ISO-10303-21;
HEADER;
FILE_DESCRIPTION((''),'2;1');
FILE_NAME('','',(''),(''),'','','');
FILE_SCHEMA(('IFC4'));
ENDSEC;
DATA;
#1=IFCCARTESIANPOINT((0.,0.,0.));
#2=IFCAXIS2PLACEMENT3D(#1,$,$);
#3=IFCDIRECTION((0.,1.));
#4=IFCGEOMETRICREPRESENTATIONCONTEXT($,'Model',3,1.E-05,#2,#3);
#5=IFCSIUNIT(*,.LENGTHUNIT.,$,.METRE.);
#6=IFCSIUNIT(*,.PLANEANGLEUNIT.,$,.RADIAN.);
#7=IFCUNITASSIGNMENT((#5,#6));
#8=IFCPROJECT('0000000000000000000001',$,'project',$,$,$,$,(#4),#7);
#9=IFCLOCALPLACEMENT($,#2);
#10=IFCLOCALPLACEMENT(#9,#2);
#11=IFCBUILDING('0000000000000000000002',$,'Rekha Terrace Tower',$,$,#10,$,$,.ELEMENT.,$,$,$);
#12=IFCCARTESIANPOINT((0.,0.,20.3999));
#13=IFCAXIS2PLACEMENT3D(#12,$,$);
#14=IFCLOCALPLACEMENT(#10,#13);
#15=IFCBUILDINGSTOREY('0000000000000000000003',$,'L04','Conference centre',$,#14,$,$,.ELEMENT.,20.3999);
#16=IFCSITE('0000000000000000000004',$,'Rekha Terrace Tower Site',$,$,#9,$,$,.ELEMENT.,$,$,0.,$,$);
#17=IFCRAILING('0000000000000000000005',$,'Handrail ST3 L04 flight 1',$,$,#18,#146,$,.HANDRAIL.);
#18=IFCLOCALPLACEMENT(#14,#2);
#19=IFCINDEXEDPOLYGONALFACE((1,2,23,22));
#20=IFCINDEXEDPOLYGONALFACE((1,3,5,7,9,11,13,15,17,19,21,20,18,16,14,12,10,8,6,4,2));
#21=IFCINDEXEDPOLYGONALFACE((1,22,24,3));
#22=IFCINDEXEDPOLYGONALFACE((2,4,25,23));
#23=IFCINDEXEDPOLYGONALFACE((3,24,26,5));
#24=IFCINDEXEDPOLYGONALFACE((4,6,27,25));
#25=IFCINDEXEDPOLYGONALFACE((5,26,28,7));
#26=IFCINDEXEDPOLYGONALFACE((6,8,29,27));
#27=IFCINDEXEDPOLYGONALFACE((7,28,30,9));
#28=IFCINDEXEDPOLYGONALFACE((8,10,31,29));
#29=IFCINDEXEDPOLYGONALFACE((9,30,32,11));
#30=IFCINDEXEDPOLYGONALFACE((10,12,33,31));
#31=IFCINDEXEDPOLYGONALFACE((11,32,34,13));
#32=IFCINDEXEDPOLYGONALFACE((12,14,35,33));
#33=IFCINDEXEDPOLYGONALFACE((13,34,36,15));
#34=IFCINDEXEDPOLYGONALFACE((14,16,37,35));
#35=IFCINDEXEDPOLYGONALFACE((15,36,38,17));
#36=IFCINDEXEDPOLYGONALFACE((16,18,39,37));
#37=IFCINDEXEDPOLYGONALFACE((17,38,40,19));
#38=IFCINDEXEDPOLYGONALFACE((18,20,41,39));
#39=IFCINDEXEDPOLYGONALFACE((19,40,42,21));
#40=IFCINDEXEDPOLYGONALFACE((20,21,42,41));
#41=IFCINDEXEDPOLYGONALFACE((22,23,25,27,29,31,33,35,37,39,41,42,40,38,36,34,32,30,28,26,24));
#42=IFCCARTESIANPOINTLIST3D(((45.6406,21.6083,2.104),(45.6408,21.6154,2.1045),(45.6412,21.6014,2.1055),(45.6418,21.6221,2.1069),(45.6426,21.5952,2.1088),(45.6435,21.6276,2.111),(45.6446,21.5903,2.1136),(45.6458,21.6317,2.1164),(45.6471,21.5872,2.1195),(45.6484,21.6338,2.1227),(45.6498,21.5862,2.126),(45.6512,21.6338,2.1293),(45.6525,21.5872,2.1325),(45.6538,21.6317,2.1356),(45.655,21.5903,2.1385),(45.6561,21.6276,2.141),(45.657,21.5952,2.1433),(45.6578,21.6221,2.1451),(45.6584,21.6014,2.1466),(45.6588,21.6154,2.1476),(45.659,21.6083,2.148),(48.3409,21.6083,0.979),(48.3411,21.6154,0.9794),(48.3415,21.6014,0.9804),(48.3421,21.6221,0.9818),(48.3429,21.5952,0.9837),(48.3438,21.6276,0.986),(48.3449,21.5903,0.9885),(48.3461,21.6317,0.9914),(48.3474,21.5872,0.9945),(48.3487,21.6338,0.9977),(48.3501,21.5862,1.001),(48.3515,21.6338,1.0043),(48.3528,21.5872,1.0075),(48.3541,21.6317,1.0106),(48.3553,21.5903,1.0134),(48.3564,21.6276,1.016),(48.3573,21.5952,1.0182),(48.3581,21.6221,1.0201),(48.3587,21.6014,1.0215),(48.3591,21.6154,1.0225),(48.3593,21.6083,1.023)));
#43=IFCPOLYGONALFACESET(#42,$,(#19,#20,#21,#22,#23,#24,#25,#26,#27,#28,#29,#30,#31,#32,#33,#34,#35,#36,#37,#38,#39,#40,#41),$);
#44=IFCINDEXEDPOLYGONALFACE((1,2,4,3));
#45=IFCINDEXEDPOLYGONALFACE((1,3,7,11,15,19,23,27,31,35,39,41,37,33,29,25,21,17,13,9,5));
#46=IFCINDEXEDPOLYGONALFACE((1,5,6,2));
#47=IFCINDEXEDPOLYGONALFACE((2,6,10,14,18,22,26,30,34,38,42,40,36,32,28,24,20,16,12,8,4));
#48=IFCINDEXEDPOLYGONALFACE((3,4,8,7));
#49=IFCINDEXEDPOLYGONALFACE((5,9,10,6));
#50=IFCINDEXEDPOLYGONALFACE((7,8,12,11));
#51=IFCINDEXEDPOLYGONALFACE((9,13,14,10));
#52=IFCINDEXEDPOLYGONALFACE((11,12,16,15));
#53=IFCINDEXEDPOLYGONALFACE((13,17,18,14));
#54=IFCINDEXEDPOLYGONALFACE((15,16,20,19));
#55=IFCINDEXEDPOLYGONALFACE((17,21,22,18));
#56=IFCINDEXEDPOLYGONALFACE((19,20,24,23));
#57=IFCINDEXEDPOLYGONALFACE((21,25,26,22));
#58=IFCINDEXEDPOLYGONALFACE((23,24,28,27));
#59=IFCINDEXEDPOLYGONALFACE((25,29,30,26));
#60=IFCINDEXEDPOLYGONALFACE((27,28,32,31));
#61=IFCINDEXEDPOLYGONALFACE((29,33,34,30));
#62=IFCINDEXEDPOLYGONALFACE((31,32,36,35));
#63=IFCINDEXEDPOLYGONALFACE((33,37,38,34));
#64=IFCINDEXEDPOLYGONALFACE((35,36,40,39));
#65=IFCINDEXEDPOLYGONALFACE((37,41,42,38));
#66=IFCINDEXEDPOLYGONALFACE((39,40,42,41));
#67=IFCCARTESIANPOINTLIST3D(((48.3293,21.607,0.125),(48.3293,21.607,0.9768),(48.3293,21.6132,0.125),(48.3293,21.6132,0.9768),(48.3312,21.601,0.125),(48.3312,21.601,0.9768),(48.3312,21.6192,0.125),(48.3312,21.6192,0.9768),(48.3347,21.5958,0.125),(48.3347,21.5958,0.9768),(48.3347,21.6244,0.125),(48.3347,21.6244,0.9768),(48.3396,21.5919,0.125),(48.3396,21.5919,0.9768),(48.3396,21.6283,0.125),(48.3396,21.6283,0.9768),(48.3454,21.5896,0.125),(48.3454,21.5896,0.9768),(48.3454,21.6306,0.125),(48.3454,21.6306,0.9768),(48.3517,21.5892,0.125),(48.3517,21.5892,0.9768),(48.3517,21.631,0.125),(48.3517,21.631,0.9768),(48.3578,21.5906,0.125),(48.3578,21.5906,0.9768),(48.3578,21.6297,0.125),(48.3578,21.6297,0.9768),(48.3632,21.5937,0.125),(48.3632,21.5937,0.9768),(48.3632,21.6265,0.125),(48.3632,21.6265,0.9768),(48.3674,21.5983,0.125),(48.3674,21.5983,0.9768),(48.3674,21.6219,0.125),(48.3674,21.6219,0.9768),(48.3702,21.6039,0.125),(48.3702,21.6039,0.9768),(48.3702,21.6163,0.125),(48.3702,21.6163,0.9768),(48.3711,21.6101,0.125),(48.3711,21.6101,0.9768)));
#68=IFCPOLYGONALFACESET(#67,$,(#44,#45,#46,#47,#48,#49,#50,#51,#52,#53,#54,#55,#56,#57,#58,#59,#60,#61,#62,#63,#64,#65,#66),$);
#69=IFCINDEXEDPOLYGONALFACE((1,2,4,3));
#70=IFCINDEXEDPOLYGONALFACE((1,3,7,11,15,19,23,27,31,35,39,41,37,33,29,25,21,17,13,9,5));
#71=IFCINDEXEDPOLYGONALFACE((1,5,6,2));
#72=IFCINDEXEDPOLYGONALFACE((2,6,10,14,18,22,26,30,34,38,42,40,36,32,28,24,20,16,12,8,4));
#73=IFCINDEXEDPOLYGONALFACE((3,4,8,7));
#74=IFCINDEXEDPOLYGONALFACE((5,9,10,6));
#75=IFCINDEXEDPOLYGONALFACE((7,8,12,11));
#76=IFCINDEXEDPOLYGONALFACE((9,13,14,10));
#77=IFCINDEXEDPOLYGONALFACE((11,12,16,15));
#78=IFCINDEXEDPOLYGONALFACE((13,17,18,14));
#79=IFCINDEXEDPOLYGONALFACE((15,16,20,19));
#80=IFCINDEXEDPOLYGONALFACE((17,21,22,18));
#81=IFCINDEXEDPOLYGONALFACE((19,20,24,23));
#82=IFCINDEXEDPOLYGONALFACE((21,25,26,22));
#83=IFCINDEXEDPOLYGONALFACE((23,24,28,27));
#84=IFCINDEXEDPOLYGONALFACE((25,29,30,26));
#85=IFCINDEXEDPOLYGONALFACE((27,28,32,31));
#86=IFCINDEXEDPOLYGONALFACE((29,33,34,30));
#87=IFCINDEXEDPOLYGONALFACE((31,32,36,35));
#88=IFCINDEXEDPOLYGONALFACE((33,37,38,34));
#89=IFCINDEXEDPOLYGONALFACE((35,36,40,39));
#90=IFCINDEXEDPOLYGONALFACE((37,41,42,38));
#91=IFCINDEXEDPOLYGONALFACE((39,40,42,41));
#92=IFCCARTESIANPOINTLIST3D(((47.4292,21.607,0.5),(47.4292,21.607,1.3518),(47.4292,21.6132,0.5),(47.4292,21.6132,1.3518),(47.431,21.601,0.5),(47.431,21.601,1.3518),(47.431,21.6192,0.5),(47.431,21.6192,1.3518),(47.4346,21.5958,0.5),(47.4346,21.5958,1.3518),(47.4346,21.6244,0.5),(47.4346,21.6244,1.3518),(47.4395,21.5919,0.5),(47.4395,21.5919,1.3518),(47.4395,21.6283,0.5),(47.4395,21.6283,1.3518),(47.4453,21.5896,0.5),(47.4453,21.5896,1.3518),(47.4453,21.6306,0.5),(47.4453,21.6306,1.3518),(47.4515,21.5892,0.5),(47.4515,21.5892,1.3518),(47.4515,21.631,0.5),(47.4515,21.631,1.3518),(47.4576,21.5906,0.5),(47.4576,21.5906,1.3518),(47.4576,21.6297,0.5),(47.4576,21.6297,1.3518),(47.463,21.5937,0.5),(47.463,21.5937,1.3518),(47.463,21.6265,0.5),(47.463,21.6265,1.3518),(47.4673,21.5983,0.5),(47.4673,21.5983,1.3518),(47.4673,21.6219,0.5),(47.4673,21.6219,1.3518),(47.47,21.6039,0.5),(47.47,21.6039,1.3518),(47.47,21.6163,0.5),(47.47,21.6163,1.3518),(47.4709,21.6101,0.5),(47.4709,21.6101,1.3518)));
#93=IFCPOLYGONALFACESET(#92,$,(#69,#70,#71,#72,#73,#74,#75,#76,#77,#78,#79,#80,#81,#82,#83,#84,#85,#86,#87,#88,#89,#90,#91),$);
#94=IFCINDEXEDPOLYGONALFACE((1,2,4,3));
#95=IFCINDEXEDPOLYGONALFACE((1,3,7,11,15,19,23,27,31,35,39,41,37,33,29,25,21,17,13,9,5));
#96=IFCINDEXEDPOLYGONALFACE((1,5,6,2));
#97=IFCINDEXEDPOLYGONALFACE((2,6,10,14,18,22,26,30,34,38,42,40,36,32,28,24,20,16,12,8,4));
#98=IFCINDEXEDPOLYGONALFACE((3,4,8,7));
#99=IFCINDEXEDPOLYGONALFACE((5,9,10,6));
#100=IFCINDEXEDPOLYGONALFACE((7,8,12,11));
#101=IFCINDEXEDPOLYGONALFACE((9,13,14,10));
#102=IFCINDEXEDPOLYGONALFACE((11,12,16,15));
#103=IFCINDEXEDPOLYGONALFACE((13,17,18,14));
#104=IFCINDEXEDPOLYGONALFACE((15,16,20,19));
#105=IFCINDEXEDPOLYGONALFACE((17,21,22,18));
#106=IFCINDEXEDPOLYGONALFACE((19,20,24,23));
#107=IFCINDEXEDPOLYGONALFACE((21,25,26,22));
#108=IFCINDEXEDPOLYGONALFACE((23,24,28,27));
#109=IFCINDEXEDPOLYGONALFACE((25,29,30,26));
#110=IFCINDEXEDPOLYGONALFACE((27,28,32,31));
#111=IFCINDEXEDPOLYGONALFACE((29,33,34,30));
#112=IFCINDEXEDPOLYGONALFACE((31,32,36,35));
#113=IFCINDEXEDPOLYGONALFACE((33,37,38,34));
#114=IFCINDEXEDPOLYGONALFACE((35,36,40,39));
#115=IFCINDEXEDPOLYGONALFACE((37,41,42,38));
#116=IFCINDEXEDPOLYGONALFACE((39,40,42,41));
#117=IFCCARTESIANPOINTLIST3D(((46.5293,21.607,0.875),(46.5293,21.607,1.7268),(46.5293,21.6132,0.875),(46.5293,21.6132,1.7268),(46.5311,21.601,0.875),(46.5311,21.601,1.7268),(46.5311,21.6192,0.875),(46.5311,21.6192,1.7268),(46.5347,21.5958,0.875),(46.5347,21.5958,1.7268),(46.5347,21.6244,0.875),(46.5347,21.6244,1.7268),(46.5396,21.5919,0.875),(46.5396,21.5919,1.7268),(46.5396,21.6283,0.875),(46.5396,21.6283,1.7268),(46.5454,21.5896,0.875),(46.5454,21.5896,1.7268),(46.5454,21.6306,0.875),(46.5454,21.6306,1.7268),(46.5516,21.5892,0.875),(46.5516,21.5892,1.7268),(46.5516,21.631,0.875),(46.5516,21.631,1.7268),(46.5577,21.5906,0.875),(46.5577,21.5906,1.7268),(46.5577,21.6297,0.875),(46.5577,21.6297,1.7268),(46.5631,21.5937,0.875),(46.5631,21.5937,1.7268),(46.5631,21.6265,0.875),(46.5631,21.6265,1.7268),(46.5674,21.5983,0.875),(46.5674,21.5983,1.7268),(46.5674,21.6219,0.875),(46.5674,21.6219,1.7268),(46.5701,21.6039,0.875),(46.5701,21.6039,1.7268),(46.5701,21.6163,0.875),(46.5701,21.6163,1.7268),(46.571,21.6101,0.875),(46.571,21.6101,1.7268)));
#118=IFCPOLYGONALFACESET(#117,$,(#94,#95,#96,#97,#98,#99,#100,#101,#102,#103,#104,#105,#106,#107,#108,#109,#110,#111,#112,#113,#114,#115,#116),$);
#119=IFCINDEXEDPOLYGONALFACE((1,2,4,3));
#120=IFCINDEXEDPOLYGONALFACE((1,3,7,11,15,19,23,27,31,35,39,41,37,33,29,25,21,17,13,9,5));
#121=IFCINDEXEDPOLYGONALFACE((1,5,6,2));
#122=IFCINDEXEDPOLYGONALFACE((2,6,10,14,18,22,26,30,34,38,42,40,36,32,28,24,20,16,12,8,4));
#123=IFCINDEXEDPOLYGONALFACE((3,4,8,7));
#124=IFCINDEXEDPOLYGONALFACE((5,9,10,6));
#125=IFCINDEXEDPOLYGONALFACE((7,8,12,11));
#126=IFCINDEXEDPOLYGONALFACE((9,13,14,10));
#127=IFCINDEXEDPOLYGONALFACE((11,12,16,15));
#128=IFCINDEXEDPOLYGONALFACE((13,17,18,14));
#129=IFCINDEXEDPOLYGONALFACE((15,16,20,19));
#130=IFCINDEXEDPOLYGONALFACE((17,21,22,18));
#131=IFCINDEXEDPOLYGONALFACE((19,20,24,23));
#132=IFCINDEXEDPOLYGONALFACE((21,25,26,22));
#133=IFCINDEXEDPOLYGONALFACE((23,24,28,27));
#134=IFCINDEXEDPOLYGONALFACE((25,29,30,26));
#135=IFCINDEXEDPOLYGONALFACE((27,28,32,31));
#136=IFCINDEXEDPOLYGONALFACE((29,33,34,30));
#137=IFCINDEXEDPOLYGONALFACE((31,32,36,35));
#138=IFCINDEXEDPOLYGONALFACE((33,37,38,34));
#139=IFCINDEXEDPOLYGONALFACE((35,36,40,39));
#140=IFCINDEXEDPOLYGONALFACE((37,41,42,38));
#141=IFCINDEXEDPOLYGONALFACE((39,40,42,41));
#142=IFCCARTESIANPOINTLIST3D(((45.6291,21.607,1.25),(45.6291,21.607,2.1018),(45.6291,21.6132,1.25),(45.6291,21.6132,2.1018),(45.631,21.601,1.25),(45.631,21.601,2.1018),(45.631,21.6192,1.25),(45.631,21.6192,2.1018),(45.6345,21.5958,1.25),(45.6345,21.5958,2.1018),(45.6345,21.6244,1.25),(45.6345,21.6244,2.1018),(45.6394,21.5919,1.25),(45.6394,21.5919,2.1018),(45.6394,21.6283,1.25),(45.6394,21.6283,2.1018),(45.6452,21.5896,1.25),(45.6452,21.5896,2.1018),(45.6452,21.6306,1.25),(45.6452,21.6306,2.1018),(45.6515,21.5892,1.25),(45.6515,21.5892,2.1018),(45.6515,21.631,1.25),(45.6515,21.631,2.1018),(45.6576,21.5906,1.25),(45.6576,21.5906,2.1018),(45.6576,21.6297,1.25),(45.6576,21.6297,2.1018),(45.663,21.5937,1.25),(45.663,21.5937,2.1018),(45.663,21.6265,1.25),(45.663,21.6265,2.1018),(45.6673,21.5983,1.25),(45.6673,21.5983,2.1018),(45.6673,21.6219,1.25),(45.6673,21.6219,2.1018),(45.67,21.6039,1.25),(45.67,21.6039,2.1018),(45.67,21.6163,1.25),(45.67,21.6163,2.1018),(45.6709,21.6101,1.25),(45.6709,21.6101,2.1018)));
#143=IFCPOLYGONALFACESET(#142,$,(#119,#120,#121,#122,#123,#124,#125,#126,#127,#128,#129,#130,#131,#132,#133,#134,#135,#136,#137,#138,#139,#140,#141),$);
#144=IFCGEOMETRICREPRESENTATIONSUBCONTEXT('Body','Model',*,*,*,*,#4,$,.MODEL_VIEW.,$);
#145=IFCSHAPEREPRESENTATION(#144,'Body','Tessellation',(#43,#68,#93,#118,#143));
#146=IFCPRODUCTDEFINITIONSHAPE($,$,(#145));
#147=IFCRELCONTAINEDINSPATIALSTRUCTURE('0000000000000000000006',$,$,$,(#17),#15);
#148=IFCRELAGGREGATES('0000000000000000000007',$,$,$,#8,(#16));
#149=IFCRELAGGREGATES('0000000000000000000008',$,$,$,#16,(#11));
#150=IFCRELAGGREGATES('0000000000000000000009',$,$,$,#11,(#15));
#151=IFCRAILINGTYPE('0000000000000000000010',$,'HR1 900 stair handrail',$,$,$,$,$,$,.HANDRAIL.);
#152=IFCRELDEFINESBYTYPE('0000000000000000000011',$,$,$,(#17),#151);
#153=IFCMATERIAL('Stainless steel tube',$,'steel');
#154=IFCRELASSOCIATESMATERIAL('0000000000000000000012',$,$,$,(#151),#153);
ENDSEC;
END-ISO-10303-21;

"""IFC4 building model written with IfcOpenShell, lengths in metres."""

from ifc_helpers import new_model, si_unit, direction, frame, origin, origin_2d, place, context, subcontext, project, spatial, circle, extrude, material, type_object, element, save


model = new_model("IFC4")

# Units and contexts
model_context = context("Model", 3, precision=1e-05, world=origin(), true_north=direction((0.0, 1.0)))
body_context = subcontext(model_context, "Body", "Model", "MODEL_VIEW")
ifc_project = project(units=[si_unit("LENGTHUNIT", "METRE"), si_unit("PLANEANGLEUNIT", "RADIAN")], contexts=[model_context])

# Site, building, storey
site_placement = place(None, origin())
site = spatial("IfcSite", under=ifc_project, at=site_placement, Name="Rekha Terrace Tower Site", CompositionType="ELEMENT", RefElevation=0.0)
building_placement = place(site_placement, origin())
building = spatial("IfcBuilding", under=site, at=building_placement, Name="Rekha Terrace Tower", CompositionType="ELEMENT")
storey_placement = place(building_placement, frame((0.0, 0.0, 20.3999)))
storey = spatial("IfcBuildingStorey", under=building, at=storey_placement, Name="L04", Description="Conference centre", CompositionType="ELEMENT", Elevation=20.3999)

# Railing
ifc_material_1 = material(Name="Stainless steel tube", Category="steel")
railing_type_1 = type_object("IfcRailingType", Name="HR1 900 stair handrail", PredefinedType="HANDRAIL", material=ifc_material_1)
railing_1_placement = place(storey_placement, frame((48.3501, 21.6101, 0.125)))
element("IfcRailing", 1, at=railing_1_placement, inside=storey, type_object=railing_type_1, Name="Handrail ST3 L04 flight 1", PredefinedType="HANDRAIL", context=body_context, shape_type="SweptSolid", body=[
    extrude(circle(Radius=0.0239, at=origin_2d()), frame((0.0, 0.0, 0.876), z_axis=(-0.923087, 0.0, 0.384592), x_axis=(0.0, -1.0, 0.0)), (0.0, 0.0, 1.0), 2.9253),
    extrude(circle(Radius=0.021, at=origin_2d()), origin(), (0.0, 0.0, 1.0), 0.8518),
    extrude(circle(Radius=0.021, at=origin_2d()), frame((-0.9001, 0.0, 0.375)), (0.0, 0.0, 1.0), 0.8518),
    extrude(circle(Radius=0.021, at=origin_2d()), frame((-1.8, 0.0, 0.75)), (0.0, 0.0, 1.0), 0.8518),
    extrude(circle(Radius=0.021, at=origin_2d()), frame((-2.7002, 0.0, 1.125)), (0.0, 0.0, 1.0), 0.8518),
])

save(model, "model.ifc")
